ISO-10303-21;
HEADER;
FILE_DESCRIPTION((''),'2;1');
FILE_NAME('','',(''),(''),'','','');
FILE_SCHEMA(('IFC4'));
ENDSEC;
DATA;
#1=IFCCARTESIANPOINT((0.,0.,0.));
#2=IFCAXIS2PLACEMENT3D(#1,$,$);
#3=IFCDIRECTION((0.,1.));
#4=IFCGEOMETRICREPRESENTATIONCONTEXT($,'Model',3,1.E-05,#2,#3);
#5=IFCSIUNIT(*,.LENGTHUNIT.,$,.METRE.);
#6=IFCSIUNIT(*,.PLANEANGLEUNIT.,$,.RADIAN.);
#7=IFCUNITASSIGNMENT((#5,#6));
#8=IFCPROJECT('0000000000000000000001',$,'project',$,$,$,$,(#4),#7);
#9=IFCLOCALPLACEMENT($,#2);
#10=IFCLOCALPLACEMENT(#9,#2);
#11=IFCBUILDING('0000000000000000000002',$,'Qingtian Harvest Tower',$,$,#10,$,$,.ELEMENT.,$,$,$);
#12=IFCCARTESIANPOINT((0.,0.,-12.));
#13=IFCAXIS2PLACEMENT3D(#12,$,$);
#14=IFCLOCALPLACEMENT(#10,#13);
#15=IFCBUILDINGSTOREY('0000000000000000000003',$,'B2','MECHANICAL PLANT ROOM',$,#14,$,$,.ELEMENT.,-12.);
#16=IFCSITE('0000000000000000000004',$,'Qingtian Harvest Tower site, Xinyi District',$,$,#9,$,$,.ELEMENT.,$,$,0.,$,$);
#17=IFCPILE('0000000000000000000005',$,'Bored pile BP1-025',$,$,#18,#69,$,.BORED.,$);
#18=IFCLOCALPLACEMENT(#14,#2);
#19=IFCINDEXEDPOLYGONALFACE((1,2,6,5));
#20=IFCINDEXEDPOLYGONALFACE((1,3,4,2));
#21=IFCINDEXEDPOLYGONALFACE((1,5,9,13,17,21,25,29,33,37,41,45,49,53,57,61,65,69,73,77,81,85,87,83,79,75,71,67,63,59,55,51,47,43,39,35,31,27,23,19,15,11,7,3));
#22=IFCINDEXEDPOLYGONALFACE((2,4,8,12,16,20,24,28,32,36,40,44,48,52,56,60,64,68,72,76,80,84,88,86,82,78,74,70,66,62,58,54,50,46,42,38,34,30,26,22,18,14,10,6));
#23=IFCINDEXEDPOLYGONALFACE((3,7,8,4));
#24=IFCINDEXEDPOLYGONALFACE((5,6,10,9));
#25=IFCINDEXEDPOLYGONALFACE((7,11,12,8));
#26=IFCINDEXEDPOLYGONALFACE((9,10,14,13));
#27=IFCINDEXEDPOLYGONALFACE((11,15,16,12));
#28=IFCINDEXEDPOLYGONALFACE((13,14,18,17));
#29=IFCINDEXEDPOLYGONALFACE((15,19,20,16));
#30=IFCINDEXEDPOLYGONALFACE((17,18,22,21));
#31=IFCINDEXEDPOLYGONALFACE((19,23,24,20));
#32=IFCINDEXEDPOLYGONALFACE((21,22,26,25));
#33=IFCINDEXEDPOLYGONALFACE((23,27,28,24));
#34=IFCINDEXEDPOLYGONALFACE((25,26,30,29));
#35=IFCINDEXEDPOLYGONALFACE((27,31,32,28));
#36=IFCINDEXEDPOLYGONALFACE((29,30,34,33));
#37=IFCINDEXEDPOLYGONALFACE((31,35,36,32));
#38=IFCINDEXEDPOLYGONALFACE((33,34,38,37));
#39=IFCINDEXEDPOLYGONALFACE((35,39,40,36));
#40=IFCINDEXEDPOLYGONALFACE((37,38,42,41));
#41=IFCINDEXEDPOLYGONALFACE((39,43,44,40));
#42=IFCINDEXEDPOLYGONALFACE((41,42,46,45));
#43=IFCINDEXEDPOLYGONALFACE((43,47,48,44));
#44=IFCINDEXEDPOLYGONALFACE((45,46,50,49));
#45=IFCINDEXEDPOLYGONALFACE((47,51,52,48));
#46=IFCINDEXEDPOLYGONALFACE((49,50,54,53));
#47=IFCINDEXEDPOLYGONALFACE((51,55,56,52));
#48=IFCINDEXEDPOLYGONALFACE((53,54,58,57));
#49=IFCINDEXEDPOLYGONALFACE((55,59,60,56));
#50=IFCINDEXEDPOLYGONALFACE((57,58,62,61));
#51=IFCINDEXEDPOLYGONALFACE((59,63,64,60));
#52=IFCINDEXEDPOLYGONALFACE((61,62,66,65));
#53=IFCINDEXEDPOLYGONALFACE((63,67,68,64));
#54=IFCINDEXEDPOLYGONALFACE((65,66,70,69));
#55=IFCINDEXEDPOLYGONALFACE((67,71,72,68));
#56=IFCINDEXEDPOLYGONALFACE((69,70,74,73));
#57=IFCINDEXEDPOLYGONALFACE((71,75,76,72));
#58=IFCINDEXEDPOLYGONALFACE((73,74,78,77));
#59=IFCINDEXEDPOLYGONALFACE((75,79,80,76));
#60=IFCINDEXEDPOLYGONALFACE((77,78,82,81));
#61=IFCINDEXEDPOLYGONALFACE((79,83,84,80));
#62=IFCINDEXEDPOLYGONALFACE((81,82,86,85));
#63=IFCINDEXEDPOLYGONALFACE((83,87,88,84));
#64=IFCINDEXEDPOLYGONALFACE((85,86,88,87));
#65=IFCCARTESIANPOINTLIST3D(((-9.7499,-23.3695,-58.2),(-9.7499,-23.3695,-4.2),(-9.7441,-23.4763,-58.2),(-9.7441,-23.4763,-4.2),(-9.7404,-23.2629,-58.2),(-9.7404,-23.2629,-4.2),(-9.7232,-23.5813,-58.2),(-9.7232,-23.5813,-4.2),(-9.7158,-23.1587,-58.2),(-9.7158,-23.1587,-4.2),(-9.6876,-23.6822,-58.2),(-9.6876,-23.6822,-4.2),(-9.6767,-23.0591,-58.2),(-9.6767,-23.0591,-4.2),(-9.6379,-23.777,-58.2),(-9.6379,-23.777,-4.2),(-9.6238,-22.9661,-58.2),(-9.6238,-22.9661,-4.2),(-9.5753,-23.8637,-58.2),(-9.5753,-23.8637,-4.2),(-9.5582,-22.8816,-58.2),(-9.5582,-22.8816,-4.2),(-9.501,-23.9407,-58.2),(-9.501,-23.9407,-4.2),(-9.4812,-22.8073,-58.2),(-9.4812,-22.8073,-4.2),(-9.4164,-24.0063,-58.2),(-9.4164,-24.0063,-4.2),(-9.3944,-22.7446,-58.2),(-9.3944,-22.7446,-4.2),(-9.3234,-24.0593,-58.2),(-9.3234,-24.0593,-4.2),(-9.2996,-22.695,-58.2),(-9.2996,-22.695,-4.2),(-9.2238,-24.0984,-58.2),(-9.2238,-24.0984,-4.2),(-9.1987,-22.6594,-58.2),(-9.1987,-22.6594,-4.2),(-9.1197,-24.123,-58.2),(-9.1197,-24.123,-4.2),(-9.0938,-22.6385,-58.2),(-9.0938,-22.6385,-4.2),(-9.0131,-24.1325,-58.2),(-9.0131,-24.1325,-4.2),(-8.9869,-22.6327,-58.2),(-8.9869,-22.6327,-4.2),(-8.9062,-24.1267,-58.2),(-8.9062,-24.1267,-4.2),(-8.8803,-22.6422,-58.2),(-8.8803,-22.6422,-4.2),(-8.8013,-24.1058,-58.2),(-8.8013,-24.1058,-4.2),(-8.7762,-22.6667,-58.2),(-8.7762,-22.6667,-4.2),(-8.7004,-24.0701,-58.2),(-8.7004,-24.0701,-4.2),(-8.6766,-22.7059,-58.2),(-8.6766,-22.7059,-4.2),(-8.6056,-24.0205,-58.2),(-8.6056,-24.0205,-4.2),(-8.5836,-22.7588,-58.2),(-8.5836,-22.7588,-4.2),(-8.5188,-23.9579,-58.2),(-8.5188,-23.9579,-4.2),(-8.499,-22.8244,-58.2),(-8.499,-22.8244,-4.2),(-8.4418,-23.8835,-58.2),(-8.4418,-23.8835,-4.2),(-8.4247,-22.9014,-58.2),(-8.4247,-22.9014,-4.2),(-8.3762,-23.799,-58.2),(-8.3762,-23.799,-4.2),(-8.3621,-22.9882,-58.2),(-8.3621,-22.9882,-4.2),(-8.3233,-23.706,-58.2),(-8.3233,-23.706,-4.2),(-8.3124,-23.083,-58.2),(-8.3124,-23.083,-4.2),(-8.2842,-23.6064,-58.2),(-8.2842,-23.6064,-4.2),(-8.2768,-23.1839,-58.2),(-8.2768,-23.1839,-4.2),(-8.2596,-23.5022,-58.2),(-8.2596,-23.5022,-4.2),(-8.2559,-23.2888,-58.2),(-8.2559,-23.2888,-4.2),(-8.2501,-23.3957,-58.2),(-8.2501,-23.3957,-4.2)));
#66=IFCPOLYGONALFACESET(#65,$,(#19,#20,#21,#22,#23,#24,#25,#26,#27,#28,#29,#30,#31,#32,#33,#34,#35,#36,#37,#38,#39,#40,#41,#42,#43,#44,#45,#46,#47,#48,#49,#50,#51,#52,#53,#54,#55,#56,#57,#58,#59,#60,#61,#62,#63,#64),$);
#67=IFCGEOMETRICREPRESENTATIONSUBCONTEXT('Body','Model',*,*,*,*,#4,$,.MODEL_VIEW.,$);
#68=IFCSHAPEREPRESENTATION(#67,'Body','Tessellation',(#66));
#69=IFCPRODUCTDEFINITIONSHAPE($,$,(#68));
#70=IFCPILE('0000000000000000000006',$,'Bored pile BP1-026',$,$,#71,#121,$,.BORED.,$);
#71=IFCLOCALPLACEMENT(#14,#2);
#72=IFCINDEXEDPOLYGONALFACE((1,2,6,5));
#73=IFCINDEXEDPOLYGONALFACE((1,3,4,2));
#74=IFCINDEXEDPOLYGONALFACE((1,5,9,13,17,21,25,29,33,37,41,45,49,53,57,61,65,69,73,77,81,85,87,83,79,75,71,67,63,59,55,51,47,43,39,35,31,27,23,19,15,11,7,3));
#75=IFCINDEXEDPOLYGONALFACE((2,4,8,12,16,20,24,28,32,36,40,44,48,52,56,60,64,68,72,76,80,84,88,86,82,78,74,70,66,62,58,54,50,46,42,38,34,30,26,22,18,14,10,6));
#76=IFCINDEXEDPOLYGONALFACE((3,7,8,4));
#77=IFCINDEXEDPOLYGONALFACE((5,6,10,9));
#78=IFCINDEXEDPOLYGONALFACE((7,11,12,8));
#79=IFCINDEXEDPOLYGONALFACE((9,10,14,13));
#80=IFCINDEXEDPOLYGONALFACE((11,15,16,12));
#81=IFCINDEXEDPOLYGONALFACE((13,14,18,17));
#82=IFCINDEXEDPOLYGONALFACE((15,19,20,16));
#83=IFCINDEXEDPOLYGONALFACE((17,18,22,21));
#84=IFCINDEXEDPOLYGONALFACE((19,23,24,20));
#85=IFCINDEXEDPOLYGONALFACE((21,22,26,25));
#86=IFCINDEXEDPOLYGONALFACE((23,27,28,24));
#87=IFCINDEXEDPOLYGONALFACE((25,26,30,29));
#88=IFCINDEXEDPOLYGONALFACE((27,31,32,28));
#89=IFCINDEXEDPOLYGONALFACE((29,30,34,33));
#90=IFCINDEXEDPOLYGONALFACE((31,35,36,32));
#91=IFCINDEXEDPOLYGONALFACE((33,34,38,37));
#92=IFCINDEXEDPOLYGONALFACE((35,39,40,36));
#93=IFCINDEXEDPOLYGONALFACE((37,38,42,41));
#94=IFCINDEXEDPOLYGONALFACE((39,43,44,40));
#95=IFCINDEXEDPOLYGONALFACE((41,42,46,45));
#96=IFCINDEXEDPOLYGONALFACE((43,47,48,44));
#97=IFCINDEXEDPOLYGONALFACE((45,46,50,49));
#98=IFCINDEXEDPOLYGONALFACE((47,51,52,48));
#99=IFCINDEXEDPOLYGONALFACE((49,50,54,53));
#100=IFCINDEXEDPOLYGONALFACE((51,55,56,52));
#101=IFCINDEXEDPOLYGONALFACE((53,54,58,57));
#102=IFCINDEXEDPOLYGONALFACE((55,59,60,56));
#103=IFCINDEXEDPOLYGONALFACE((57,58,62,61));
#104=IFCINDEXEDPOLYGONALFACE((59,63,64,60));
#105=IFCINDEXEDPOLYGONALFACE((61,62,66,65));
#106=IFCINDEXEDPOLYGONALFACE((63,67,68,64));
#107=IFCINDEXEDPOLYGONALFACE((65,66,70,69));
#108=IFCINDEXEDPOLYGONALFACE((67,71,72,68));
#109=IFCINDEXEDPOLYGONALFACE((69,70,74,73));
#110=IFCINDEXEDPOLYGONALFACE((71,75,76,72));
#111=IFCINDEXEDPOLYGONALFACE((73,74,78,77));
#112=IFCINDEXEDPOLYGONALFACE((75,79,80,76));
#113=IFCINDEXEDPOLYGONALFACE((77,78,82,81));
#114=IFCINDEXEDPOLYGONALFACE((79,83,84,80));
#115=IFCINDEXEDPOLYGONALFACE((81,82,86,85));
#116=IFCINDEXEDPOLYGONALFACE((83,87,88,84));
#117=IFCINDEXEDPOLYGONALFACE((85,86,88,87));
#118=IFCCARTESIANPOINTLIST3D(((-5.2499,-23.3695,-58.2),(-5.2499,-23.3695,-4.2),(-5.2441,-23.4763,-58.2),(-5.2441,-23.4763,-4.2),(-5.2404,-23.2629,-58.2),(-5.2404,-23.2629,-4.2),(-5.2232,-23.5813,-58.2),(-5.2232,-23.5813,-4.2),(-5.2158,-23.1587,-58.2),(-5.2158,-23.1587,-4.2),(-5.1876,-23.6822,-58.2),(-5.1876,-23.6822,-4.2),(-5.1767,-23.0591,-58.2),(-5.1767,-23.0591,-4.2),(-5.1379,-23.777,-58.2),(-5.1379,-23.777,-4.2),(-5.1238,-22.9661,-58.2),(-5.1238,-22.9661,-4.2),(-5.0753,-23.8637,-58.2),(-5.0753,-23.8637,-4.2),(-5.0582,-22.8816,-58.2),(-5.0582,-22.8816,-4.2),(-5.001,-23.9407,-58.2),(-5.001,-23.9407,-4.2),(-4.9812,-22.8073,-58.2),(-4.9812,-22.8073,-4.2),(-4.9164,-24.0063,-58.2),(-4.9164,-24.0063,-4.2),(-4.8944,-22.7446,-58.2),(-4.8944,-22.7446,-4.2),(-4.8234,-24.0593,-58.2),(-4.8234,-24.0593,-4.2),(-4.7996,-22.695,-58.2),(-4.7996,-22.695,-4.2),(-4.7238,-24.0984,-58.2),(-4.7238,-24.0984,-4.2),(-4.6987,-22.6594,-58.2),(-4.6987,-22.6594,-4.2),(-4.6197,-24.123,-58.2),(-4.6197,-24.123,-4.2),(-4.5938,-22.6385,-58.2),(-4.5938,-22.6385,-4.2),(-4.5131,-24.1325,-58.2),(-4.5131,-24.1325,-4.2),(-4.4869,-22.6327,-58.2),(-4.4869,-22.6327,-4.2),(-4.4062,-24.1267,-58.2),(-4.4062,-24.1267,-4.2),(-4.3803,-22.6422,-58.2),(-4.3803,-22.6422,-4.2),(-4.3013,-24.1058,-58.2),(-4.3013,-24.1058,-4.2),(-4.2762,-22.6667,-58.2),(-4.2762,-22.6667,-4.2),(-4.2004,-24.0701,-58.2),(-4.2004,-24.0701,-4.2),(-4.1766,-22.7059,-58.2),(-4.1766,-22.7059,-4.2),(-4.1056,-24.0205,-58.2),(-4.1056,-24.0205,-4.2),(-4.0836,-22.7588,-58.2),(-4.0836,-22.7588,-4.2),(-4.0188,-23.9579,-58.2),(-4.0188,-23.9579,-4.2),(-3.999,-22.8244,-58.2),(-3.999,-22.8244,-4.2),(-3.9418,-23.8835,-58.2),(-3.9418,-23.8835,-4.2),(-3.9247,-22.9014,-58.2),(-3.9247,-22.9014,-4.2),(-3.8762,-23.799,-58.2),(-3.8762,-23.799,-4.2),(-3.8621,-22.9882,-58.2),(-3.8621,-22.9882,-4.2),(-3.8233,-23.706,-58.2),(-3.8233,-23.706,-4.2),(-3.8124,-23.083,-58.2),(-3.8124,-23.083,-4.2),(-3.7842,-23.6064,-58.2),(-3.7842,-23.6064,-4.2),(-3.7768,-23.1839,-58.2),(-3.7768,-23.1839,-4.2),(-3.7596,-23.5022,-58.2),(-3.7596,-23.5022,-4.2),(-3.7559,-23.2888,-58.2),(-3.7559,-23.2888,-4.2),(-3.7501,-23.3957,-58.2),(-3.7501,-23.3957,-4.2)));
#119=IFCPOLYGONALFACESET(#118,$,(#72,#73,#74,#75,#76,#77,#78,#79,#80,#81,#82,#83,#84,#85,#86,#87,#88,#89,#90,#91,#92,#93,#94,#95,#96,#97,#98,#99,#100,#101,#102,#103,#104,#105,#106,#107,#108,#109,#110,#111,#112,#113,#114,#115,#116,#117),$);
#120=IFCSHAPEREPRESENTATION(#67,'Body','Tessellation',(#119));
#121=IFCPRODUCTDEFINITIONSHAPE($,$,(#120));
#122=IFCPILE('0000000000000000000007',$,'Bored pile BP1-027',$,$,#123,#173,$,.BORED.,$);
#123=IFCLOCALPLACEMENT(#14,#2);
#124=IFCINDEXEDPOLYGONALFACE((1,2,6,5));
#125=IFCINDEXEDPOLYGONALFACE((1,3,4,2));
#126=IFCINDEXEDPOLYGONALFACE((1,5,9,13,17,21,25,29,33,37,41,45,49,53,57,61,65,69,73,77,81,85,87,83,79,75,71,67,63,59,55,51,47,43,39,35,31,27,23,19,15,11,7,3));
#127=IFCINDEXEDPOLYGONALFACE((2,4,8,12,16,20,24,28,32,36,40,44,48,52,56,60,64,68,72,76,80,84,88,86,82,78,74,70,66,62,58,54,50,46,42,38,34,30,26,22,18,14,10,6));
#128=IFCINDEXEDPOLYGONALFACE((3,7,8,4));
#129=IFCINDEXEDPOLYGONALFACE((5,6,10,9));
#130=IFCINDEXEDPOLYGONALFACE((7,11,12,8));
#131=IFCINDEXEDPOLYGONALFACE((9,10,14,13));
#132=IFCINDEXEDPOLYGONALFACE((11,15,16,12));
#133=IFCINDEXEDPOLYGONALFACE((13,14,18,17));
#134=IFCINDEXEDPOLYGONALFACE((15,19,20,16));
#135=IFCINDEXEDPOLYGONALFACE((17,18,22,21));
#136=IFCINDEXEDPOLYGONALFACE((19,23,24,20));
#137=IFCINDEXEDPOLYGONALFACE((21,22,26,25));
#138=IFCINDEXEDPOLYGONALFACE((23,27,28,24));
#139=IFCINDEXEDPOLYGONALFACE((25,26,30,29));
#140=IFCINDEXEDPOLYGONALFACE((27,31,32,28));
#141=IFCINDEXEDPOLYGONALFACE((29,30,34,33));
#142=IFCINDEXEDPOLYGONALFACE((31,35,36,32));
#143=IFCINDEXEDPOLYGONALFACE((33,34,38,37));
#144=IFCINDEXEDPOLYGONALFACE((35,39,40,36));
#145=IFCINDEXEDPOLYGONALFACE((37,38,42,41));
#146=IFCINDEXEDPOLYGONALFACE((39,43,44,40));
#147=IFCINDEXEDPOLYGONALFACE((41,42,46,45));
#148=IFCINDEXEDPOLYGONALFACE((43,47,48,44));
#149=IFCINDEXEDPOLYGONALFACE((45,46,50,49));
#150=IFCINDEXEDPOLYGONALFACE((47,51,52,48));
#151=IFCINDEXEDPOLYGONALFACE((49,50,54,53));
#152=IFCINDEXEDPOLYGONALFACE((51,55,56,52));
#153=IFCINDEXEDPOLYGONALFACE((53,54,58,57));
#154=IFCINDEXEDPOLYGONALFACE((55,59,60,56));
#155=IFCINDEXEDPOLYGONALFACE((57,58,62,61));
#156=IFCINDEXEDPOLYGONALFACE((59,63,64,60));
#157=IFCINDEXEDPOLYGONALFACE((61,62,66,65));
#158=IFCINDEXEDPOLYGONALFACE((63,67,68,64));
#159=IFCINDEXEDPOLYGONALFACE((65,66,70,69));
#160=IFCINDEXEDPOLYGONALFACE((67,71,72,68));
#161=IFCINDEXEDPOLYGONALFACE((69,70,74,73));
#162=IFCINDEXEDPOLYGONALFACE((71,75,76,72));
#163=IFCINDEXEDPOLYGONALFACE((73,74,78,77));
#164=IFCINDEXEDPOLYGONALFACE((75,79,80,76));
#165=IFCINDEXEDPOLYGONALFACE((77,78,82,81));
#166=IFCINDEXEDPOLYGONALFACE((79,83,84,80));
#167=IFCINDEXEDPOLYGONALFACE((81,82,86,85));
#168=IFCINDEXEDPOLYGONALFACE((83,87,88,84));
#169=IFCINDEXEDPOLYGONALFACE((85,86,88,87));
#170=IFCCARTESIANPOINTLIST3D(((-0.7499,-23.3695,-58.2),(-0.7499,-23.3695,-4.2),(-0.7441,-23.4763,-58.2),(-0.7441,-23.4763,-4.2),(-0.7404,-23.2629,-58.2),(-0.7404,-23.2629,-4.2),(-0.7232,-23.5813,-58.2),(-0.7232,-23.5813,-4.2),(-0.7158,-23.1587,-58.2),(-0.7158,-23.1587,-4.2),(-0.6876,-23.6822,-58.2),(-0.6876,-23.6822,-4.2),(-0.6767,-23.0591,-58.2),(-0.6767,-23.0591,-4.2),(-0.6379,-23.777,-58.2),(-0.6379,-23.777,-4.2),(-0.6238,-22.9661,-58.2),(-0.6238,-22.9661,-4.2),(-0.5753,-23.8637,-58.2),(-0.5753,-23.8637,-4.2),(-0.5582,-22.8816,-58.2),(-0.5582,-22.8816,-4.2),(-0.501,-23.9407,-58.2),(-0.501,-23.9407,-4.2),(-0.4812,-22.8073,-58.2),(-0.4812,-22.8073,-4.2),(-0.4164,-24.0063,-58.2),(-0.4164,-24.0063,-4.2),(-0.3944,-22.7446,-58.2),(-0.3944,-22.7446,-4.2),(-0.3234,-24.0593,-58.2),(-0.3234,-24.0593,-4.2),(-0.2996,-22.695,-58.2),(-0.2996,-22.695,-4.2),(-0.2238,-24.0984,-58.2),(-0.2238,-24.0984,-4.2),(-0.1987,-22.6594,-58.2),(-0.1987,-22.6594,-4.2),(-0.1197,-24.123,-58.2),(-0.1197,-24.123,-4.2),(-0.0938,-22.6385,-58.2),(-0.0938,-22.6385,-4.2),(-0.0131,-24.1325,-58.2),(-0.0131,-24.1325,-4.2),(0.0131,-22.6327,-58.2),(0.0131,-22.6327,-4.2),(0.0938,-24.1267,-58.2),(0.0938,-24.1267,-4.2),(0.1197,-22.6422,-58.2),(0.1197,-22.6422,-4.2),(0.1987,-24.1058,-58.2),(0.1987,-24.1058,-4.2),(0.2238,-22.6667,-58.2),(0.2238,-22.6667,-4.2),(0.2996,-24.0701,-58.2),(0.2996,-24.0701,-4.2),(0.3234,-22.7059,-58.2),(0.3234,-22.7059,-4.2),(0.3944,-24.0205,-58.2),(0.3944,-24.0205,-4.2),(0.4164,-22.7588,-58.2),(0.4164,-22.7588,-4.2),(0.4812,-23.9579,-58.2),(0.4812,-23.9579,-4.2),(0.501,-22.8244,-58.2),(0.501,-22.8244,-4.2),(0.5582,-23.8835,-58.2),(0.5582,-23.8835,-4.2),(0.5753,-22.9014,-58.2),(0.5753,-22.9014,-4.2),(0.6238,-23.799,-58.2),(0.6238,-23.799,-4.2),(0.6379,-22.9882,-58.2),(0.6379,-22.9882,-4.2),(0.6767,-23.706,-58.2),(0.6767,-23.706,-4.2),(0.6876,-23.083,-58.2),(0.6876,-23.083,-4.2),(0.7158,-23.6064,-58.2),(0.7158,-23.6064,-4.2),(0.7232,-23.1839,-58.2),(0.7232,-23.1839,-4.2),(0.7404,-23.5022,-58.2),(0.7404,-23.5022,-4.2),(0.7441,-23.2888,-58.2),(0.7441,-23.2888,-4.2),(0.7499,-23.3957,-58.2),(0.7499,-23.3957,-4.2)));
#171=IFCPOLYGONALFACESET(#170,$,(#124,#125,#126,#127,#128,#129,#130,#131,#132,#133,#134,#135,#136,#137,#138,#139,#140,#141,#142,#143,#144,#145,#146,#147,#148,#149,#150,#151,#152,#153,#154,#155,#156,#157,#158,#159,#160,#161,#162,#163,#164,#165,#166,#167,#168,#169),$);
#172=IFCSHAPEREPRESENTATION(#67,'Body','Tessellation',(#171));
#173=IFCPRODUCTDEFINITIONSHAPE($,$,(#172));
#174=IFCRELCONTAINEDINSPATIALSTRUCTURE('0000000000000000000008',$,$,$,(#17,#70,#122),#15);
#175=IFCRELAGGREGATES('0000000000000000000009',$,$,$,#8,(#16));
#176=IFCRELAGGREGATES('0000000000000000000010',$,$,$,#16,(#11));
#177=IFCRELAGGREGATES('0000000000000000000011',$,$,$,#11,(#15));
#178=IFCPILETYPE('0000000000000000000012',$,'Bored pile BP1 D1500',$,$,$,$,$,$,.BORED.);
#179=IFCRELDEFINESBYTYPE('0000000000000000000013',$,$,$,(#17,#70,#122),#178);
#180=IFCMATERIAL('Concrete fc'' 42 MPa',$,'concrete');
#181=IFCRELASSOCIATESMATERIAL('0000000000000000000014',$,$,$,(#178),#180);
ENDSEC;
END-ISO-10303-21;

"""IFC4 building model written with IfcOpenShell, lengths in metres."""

from ifc_helpers import new_model, si_unit, direction, frame, frame_2d, origin, place, context, subcontext, project, spatial, circle, extrude, material, material_profile, profile_set, type_object, element, save


model = new_model("IFC4")

# Units and contexts
model_context = context("Model", 3, precision=1e-05, world=origin(), true_north=direction((0.0, 1.0)))
body_context = subcontext(model_context, "Body", "Model", "MODEL_VIEW")
ifc_project = project(units=[si_unit("LENGTHUNIT", "METRE"), si_unit("PLANEANGLEUNIT", "RADIAN")], contexts=[model_context])

# Site, building, storey
site_placement = place(None, origin())
site = spatial("IfcSite", under=ifc_project, at=site_placement, Name="Qingtian Harvest Tower site, Xinyi District", CompositionType="ELEMENT", RefElevation=0.0)
building_placement = place(site_placement, origin())
building = spatial("IfcBuilding", under=site, at=building_placement, Name="Qingtian Harvest Tower", CompositionType="ELEMENT")
storey_placement = place(building_placement, frame((0.0, 0.0, -12.0)))
storey = spatial("IfcBuildingStorey", under=building, at=storey_placement, Name="B2", Description="MECHANICAL PLANT ROOM", CompositionType="ELEMENT", Elevation=-12.0)

# Piles
ifc_material_1 = material(Name="Concrete fc' 42 MPa", Category="concrete")
ifc_material_profile_1 = material_profile(ifc_material_1, circle(Radius=0.75, at=frame_2d((0.0, 0.0), x_axis=(0.999848, 0.017452))), Name="Bored pile BP1 D1500")
ifc_profile_set_1 = profile_set([ifc_material_profile_1], Name="Concrete fc' 42 MPa")
pile_type = type_object("IfcPileType", Name="Bored pile BP1 D1500", PredefinedType="BORED", material=ifc_profile_set_1)
for number, where, z_axis, x_axis, name in (
    (1, (-9.0, -23.3826, -4.2), (0.0, 0.0, -1.0), (1.0, 0.0, 0.0), "Bored pile BP1-025"),
    (2, (-4.5, -23.3826, -4.2), (0.0, 0.0, -1.0), (1.0, 0.0, 0.0), "Bored pile BP1-026"),
    (3, (0.0, -23.3826, -4.2), (0.0, 0.0, -1.0), (1.0, 0.0, 0.0), "Bored pile BP1-027"),
):
    element("IfcPile", number, at=place(storey_placement, frame(where, z_axis=z_axis, x_axis=x_axis)), inside=storey, type_object=pile_type, Name=name, PredefinedType="BORED", context=body_context, shape_type="SweptSolid", body=[
        extrude(circle(Radius=0.75, at=frame_2d((0.0, 0.0), x_axis=(0.999848, 0.017452))), origin(), (0.0, 0.0, 1.0), 54.0),
    ])

save(model, "model.ifc")
